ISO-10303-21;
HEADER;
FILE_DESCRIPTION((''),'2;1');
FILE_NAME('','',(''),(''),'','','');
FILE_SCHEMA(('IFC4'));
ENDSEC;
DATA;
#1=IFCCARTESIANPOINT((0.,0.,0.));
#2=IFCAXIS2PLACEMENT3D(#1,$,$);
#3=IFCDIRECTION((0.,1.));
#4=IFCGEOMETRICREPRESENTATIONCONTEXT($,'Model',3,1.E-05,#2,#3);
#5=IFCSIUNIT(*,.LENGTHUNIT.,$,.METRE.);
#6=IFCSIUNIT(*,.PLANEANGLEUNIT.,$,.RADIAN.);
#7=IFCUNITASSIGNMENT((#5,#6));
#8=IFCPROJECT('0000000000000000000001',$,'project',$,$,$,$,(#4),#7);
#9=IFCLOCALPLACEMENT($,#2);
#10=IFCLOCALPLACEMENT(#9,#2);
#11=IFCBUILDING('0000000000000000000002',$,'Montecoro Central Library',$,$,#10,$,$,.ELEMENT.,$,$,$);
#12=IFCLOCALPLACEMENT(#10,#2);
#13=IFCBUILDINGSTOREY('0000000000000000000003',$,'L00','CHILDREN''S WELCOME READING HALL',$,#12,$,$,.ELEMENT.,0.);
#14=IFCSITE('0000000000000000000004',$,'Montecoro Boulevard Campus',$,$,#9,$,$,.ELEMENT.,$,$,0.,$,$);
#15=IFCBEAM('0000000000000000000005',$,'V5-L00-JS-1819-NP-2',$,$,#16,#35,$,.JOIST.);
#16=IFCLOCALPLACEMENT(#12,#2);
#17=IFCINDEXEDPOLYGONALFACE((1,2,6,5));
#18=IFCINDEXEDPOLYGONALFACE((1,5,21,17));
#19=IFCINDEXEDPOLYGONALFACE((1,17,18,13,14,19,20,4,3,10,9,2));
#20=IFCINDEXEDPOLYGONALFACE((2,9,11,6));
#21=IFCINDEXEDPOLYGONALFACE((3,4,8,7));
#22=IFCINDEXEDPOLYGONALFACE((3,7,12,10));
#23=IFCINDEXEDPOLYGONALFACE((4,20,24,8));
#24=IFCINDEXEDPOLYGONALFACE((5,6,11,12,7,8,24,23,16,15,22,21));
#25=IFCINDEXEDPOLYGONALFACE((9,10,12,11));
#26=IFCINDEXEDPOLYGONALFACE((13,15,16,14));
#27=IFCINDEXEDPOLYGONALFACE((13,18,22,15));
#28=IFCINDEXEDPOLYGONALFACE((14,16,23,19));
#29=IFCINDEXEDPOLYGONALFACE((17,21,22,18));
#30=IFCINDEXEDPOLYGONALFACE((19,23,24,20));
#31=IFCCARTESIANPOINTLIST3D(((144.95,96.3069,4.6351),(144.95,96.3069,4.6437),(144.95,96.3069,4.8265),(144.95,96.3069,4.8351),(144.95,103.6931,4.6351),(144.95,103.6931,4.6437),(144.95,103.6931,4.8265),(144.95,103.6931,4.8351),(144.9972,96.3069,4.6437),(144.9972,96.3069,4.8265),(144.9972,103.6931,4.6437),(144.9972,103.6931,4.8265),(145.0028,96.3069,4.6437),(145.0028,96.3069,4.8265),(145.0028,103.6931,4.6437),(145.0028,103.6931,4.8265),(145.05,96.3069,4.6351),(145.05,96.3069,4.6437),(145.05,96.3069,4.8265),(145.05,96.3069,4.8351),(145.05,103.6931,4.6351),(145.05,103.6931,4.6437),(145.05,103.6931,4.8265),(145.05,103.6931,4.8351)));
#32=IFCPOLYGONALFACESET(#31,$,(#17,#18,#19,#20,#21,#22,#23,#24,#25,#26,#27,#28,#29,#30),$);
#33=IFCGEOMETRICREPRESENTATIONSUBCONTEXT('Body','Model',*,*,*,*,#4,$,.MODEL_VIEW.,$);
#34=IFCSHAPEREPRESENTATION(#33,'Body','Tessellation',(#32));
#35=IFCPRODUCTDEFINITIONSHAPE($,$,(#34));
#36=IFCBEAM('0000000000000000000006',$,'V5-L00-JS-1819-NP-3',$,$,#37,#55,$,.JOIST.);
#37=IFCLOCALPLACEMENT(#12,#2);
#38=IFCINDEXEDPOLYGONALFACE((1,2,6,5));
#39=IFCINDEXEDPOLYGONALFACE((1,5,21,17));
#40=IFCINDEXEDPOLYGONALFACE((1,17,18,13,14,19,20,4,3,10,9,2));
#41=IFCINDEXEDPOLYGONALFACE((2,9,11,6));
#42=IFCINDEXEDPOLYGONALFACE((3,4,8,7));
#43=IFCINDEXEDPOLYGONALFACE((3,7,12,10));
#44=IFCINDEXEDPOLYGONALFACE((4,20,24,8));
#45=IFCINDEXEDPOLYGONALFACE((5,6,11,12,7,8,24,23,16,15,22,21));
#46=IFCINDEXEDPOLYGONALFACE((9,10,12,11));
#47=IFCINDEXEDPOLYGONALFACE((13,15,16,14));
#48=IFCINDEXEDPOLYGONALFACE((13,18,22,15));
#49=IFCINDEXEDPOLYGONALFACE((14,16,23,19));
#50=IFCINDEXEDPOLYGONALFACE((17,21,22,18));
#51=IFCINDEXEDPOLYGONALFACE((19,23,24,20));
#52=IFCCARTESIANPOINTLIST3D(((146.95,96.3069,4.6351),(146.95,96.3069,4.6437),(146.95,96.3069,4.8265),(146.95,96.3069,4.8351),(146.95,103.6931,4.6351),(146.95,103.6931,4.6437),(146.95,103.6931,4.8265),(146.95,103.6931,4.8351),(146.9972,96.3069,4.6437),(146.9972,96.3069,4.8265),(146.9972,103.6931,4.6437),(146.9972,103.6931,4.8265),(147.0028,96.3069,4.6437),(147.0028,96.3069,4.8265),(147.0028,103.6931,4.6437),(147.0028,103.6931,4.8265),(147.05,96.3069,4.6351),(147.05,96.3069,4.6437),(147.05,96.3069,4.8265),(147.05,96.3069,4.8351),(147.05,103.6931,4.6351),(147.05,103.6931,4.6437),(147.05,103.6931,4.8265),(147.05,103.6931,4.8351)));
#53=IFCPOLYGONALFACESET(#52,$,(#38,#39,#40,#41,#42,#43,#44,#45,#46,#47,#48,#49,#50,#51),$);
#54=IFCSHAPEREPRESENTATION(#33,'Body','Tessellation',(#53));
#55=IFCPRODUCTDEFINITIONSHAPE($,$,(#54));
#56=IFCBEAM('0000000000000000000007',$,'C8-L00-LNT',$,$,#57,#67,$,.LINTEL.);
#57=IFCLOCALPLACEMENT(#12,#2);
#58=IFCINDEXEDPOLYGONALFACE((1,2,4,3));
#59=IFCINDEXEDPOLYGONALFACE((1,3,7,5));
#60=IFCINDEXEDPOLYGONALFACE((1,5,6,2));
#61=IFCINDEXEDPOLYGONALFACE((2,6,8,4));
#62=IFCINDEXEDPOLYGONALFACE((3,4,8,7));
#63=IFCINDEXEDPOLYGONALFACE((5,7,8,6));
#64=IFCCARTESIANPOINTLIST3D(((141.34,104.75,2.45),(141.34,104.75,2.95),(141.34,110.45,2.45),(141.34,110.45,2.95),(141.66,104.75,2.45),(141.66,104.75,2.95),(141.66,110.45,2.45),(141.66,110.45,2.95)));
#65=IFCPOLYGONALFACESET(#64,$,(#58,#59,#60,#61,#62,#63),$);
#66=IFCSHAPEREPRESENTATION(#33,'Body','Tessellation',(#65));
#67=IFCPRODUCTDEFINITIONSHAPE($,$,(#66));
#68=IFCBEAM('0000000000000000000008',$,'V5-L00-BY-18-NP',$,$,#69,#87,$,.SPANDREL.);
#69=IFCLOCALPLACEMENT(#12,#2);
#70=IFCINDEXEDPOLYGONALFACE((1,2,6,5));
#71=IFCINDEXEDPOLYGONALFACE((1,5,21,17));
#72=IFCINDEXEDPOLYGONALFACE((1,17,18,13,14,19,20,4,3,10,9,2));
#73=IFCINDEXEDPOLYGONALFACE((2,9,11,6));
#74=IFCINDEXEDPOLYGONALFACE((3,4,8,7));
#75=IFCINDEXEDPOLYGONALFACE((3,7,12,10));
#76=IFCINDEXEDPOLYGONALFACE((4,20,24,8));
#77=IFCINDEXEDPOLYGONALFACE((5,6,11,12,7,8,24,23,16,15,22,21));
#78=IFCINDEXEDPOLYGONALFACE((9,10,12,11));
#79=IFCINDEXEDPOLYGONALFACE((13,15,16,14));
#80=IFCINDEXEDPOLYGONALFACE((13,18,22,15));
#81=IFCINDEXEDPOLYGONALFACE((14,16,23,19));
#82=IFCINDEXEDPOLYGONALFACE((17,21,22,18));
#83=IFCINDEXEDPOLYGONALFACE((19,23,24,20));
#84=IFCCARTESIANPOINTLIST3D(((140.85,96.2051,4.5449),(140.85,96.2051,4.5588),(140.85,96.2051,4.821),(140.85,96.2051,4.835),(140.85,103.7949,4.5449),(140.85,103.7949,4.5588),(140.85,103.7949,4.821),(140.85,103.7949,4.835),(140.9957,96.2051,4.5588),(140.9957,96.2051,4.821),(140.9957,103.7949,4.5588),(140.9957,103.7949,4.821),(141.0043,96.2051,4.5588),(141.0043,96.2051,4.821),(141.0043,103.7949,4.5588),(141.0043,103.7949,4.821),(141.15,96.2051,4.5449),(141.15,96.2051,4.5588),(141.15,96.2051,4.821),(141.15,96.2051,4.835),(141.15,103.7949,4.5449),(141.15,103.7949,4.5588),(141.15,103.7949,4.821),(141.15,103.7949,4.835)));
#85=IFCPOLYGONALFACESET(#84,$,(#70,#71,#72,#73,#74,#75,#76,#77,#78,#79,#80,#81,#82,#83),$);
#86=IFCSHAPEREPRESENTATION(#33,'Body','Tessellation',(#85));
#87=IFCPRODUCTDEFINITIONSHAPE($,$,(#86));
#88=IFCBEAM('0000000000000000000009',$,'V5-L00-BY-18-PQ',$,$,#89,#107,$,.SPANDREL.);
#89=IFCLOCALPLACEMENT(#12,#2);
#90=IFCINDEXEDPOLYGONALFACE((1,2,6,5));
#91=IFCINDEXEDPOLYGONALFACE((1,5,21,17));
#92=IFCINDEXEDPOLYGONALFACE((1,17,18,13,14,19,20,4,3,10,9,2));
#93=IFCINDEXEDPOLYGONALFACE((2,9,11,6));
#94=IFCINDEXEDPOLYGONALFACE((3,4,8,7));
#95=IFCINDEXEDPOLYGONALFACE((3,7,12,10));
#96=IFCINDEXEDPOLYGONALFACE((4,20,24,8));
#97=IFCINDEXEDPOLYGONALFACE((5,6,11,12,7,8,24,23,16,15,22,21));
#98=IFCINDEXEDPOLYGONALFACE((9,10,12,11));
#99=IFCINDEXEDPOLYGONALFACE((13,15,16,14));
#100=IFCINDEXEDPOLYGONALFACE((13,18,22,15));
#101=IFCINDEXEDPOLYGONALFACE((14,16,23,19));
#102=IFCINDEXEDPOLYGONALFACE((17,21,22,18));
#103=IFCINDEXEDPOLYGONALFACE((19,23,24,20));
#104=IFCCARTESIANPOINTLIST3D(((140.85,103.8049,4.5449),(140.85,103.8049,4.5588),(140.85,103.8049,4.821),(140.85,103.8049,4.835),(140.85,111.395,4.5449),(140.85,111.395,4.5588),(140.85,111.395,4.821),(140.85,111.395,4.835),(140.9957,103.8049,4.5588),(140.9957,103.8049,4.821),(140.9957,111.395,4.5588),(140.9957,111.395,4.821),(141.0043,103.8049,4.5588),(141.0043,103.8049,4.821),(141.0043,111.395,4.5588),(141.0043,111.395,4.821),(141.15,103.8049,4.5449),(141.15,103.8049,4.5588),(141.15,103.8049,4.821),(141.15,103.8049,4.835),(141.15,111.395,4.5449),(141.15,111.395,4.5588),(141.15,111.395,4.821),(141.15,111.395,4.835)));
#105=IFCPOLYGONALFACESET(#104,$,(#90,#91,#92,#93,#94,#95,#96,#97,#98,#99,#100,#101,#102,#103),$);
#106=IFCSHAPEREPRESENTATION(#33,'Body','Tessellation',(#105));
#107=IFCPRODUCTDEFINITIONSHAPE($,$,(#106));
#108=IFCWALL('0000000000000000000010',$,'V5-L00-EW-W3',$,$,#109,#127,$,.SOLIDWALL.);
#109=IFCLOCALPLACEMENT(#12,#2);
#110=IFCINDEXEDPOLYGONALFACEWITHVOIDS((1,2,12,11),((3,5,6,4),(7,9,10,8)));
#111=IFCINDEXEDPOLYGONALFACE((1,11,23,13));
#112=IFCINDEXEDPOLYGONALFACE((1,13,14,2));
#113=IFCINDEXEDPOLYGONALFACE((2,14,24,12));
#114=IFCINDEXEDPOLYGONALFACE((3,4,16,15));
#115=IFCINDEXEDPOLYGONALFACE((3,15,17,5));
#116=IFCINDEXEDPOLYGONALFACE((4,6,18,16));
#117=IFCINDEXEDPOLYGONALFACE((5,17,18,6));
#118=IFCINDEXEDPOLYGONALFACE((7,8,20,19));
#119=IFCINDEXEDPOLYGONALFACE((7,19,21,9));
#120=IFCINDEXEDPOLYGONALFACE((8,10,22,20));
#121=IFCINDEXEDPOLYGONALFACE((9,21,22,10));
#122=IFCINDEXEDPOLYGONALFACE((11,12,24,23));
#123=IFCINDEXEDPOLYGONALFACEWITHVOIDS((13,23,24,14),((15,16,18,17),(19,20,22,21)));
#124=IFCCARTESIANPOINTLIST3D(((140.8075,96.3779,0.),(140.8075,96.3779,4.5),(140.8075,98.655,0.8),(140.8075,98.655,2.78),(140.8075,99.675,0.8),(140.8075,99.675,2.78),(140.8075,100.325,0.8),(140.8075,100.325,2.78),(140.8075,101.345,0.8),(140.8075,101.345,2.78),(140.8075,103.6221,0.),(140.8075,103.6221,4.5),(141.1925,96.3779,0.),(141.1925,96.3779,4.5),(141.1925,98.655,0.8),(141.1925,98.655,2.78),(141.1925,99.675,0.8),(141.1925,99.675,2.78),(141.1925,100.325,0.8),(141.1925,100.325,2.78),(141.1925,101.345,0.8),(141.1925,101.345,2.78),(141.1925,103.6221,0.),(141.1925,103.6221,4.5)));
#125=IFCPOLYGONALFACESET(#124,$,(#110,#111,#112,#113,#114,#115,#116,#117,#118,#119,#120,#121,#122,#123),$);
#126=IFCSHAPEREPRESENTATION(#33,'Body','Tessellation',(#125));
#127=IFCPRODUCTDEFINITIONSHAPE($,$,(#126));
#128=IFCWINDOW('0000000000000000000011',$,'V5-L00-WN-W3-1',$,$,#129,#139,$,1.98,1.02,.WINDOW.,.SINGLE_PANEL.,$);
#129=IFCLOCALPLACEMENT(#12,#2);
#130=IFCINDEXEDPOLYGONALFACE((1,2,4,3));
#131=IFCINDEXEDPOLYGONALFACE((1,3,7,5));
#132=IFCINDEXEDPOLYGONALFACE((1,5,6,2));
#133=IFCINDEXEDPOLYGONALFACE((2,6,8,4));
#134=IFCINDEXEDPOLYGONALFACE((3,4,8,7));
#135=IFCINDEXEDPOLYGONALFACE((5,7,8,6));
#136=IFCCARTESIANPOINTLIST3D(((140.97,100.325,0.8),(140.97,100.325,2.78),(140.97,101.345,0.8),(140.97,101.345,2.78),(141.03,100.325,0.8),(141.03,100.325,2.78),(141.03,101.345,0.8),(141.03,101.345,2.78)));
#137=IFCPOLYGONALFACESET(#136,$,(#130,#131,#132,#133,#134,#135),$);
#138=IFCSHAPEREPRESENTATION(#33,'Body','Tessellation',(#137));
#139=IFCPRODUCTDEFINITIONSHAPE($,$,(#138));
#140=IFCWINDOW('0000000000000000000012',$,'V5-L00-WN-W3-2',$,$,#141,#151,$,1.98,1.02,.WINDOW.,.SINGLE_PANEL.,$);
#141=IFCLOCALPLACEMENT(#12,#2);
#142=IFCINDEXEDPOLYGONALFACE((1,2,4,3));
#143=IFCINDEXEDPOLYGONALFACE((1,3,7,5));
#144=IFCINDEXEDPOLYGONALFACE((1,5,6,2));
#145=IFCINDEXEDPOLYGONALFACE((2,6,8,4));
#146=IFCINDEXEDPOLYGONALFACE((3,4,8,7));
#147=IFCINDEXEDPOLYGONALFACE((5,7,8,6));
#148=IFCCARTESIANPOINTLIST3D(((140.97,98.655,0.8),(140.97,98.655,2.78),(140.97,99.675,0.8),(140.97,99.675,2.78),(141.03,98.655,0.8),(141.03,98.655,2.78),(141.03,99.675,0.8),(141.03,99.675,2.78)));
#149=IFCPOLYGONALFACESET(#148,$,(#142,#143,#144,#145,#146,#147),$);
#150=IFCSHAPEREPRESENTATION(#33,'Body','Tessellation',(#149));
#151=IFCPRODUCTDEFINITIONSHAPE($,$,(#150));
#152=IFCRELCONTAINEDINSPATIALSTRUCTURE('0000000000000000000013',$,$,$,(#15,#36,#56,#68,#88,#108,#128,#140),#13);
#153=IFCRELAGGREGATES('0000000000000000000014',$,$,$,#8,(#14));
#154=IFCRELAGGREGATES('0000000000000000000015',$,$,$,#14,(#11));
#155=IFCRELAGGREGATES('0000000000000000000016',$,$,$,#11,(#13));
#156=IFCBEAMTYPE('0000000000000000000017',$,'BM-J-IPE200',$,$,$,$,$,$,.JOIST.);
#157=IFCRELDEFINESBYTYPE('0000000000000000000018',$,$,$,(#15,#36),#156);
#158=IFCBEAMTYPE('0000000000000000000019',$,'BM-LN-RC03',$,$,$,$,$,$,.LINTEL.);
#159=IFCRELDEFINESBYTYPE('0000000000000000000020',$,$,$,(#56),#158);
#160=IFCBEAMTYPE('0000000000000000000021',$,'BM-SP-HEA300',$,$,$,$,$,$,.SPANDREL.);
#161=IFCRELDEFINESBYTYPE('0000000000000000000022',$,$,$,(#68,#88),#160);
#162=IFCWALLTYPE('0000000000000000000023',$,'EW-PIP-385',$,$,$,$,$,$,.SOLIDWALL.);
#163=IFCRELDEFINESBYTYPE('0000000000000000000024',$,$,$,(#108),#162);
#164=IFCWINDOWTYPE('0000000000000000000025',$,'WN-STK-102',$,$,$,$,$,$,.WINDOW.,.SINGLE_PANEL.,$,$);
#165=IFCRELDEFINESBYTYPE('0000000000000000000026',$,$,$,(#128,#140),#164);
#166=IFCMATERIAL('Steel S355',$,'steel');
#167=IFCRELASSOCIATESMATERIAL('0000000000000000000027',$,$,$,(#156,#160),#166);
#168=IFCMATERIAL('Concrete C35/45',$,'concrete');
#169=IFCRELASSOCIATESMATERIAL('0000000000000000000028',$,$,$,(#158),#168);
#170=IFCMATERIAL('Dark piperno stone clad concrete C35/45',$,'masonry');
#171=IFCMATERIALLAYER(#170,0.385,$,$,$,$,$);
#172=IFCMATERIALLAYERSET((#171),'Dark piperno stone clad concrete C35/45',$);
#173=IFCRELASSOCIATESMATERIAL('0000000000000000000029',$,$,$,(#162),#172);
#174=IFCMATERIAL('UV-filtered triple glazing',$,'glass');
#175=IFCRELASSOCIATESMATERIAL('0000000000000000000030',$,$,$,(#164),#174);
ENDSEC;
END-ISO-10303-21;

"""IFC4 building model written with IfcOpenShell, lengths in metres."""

from ifc_helpers import new_model, si_unit, direction, frame, frame_2d, origin, origin_2d, place, context, subcontext, project, spatial, rectangle, i_section, extrude, material, layer, layer_set, material_profile, profile_set, type_object, element, fill, save


model = new_model("IFC4")

# Units and contexts
model_context = context("Model", 3, precision=1e-05, world=origin(), true_north=direction((0.0, 1.0)))
body_context = subcontext(model_context, "Body", "Model", "MODEL_VIEW")
ifc_project = project(units=[si_unit("LENGTHUNIT", "METRE"), si_unit("PLANEANGLEUNIT", "RADIAN")], contexts=[model_context])

# Site, building, storey
site_placement = place(None, origin())
site = spatial("IfcSite", under=ifc_project, at=site_placement, Name="Montecoro Boulevard Campus", CompositionType="ELEMENT", RefElevation=0.0)
building_placement = place(site_placement, origin())
building = spatial("IfcBuilding", under=site, at=building_placement, Name="Montecoro Central Library", CompositionType="ELEMENT")
storey_placement = place(building_placement, origin())
storey = spatial("IfcBuildingStorey", under=building, at=storey_placement, Name="L00", Description="CHILDREN'S WELCOME READING HALL", CompositionType="ELEMENT", Elevation=0.0)

# Beams
ifc_material_1 = material(Name="Steel S355", Category="steel")
ifc_material_profile_1 = material_profile(ifc_material_1, i_section(OverallWidth=0.1001, OverallDepth=0.2, WebThickness=0.0056, FlangeThickness=0.0085, at=origin_2d()), Name="IPE 200")
ifc_profile_set_1 = profile_set([ifc_material_profile_1], Name="Steel S355")
beam_type_1 = type_object("IfcBeamType", Name="BM-J-IPE200", PredefinedType="JOIST", material=ifc_profile_set_1)
for number, where, z_axis, x_axis, name in (
    (1, (145.0, 96.3069, 4.7351), (0.0, 1.0, 0.0), (-1.0, 0.0, 0.0), "V5-L00-JS-1819-NP-2"),
    (2, (147.0, 96.3069, 4.7351), (0.0, 1.0, 0.0), (-1.0, 0.0, 0.0), "V5-L00-JS-1819-NP-3"),
):
    element("IfcBeam", number, at=place(storey_placement, frame(where, z_axis=z_axis, x_axis=x_axis)), inside=storey, type_object=beam_type_1, Name=name, PredefinedType="JOIST", context=body_context, shape_type="SweptSolid", body=[
        extrude(i_section(OverallWidth=0.1001, OverallDepth=0.2, WebThickness=0.0056, FlangeThickness=0.0085, at=origin_2d()), origin(), (0.0, 0.0, 1.0), 7.3862),
    ])
ifc_material_2 = material(Name="Concrete C35/45", Category="concrete")
ifc_material_profile_2 = material_profile(ifc_material_2, rectangle(XDim=0.3201, YDim=0.5, at=origin_2d()), Name="RC LNT 500x320")
ifc_profile_set_2 = profile_set([ifc_material_profile_2], Name="Concrete C35/45")
beam_type_2 = type_object("IfcBeamType", Name="BM-LN-RC03", PredefinedType="LINTEL", material=ifc_profile_set_2)
beam_1_placement = place(storey_placement, frame((141.5, 104.75, 2.7), z_axis=(0.0, 1.0, 0.0), x_axis=(-1.0, 0.0, 0.0)))
element("IfcBeam", 3, at=beam_1_placement, inside=storey, type_object=beam_type_2, Name="C8-L00-LNT", PredefinedType="LINTEL", context=body_context, shape_type="SweptSolid", body=[
    extrude(rectangle(XDim=0.3201, YDim=0.5, at=origin_2d()), origin(), (0.0, 0.0, 1.0), 5.7),
])
ifc_material_profile_3 = material_profile(ifc_material_1, i_section(OverallWidth=0.3, OverallDepth=0.29, WebThickness=0.0085, FlangeThickness=0.0139, at=origin_2d()), Name="HEA 300")
ifc_profile_set_3 = profile_set([ifc_material_profile_3], Name="Steel S355")
beam_type_3 = type_object("IfcBeamType", Name="BM-SP-HEA300", PredefinedType="SPANDREL", material=ifc_profile_set_3)
beam_2_placement = place(storey_placement, frame((141.0, 96.2051, 4.6899), z_axis=(0.0, 1.0, 0.0), x_axis=(-1.0, 0.0, 0.0)))
element("IfcBeam", 4, at=beam_2_placement, inside=storey, type_object=beam_type_3, Name="V5-L00-BY-18-NP", PredefinedType="SPANDREL", context=body_context, shape_type="SweptSolid", body=[
    extrude(i_section(OverallWidth=0.3, OverallDepth=0.29, WebThickness=0.0085, FlangeThickness=0.0139, at=origin_2d()), origin(), (0.0, 0.0, 1.0), 7.5898),
])
beam_3_placement = place(storey_placement, frame((141.0, 103.8049, 4.6899), z_axis=(0.0, 1.0, 0.0), x_axis=(-1.0, 0.0, 0.0)))
element("IfcBeam", 5, at=beam_3_placement, inside=storey, type_object=beam_type_3, Name="V5-L00-BY-18-PQ", PredefinedType="SPANDREL", context=body_context, shape_type="SweptSolid", body=[
    extrude(i_section(OverallWidth=0.3, OverallDepth=0.29, WebThickness=0.0085, FlangeThickness=0.0139, at=origin_2d()), origin(), (0.0, 0.0, 1.0), 7.5901),
])

# Wall, openings, windows
ifc_material_3 = material(Name="Dark piperno stone clad concrete C35/45", Category="masonry")
ifc_layer_1 = layer(ifc_material_3, 0.385)
ifc_layer_set_1 = layer_set([ifc_layer_1], Name="Dark piperno stone clad concrete C35/45")
wall_type_1 = type_object("IfcWallType", Name="EW-PIP-385", PredefinedType="SOLIDWALL", material=ifc_layer_set_1)
wall_1_placement = place(storey_placement, frame((141.0, 103.6221, 0.0), z_axis=(0.0, 0.0, 1.0), x_axis=(0.0, -1.0, 0.0)))
wall_1 = element("IfcWall", 6, at=wall_1_placement, inside=storey, type_object=wall_type_1, Name="V5-L00-EW-W3", PredefinedType="SOLIDWALL", context=body_context, shape_type="SweptSolid", body=[
    extrude(rectangle(XDim=7.2441, YDim=0.385, at=frame_2d((3.6221, 0.0))), origin(), (0.0, 0.0, 1.0), 4.5),
])
opening_1_placement = place(wall_1_placement, frame((2.2771, 0.0, 0.8)))
opening_1 = element("IfcOpeningElement", 7, at=opening_1_placement, cuts=wall_1, PredefinedType="OPENING", context=body_context, shape_type="SweptSolid", body=[
    extrude(rectangle(XDim=1.02, YDim=1.98, at=frame_2d((0.51, 0.99))), frame((0.0, 0.2024, 0.0), z_axis=(0.0, -1.0, 0.0), x_axis=(1.0, 0.0, 0.0)), (0.0, 0.0, 1.0), 0.405),
])
opening_2_placement = place(wall_1_placement, frame((3.947, 0.0, 0.8)))
opening_2 = element("IfcOpeningElement", 8, at=opening_2_placement, cuts=wall_1, PredefinedType="OPENING", context=body_context, shape_type="SweptSolid", body=[
    extrude(rectangle(XDim=1.02, YDim=1.98, at=frame_2d((0.51, 0.99))), frame((0.0, 0.2024, 0.0), z_axis=(0.0, -1.0, 0.0), x_axis=(1.0, 0.0, 0.0)), (0.0, 0.0, 1.0), 0.405),
])
ifc_material_4 = material(Name="UV-filtered triple glazing", Category="glass")
window_type = type_object("IfcWindowType", Name="WN-STK-102", PartitioningType="SINGLE_PANEL", PredefinedType="WINDOW", material=ifc_material_4)
window_1_placement = place(opening_1_placement, origin())
window_1 = element("IfcWindow", 9, at=window_1_placement, inside=storey, type_object=window_type, Name="V5-L00-WN-W3-1", OverallHeight=1.98, OverallWidth=1.02, PartitioningType="SINGLE_PANEL", PredefinedType="WINDOW", context=body_context, shape_type="SweptSolid", body=[
    extrude(rectangle(XDim=1.02, YDim=1.98, at=frame_2d((0.51, 0.99))), frame((0.0, 0.03, 0.0), z_axis=(0.0, -1.0, 0.0), x_axis=(1.0, 0.0, 0.0)), (0.0, 0.0, 1.0), 0.0601),
])
fill(opening_1, window_1)
window_2_placement = place(opening_2_placement, origin())
window_2 = element("IfcWindow", 10, at=window_2_placement, inside=storey, type_object=window_type, Name="V5-L00-WN-W3-2", OverallHeight=1.98, OverallWidth=1.02, PartitioningType="SINGLE_PANEL", PredefinedType="WINDOW", context=body_context, shape_type="SweptSolid", body=[
    extrude(rectangle(XDim=1.02, YDim=1.98, at=frame_2d((0.51, 0.99))), frame((0.0, 0.03, 0.0), z_axis=(0.0, -1.0, 0.0), x_axis=(1.0, 0.0, 0.0)), (0.0, 0.0, 1.0), 0.0601),
])
fill(opening_2, window_2)

save(model, "model.ifc")
